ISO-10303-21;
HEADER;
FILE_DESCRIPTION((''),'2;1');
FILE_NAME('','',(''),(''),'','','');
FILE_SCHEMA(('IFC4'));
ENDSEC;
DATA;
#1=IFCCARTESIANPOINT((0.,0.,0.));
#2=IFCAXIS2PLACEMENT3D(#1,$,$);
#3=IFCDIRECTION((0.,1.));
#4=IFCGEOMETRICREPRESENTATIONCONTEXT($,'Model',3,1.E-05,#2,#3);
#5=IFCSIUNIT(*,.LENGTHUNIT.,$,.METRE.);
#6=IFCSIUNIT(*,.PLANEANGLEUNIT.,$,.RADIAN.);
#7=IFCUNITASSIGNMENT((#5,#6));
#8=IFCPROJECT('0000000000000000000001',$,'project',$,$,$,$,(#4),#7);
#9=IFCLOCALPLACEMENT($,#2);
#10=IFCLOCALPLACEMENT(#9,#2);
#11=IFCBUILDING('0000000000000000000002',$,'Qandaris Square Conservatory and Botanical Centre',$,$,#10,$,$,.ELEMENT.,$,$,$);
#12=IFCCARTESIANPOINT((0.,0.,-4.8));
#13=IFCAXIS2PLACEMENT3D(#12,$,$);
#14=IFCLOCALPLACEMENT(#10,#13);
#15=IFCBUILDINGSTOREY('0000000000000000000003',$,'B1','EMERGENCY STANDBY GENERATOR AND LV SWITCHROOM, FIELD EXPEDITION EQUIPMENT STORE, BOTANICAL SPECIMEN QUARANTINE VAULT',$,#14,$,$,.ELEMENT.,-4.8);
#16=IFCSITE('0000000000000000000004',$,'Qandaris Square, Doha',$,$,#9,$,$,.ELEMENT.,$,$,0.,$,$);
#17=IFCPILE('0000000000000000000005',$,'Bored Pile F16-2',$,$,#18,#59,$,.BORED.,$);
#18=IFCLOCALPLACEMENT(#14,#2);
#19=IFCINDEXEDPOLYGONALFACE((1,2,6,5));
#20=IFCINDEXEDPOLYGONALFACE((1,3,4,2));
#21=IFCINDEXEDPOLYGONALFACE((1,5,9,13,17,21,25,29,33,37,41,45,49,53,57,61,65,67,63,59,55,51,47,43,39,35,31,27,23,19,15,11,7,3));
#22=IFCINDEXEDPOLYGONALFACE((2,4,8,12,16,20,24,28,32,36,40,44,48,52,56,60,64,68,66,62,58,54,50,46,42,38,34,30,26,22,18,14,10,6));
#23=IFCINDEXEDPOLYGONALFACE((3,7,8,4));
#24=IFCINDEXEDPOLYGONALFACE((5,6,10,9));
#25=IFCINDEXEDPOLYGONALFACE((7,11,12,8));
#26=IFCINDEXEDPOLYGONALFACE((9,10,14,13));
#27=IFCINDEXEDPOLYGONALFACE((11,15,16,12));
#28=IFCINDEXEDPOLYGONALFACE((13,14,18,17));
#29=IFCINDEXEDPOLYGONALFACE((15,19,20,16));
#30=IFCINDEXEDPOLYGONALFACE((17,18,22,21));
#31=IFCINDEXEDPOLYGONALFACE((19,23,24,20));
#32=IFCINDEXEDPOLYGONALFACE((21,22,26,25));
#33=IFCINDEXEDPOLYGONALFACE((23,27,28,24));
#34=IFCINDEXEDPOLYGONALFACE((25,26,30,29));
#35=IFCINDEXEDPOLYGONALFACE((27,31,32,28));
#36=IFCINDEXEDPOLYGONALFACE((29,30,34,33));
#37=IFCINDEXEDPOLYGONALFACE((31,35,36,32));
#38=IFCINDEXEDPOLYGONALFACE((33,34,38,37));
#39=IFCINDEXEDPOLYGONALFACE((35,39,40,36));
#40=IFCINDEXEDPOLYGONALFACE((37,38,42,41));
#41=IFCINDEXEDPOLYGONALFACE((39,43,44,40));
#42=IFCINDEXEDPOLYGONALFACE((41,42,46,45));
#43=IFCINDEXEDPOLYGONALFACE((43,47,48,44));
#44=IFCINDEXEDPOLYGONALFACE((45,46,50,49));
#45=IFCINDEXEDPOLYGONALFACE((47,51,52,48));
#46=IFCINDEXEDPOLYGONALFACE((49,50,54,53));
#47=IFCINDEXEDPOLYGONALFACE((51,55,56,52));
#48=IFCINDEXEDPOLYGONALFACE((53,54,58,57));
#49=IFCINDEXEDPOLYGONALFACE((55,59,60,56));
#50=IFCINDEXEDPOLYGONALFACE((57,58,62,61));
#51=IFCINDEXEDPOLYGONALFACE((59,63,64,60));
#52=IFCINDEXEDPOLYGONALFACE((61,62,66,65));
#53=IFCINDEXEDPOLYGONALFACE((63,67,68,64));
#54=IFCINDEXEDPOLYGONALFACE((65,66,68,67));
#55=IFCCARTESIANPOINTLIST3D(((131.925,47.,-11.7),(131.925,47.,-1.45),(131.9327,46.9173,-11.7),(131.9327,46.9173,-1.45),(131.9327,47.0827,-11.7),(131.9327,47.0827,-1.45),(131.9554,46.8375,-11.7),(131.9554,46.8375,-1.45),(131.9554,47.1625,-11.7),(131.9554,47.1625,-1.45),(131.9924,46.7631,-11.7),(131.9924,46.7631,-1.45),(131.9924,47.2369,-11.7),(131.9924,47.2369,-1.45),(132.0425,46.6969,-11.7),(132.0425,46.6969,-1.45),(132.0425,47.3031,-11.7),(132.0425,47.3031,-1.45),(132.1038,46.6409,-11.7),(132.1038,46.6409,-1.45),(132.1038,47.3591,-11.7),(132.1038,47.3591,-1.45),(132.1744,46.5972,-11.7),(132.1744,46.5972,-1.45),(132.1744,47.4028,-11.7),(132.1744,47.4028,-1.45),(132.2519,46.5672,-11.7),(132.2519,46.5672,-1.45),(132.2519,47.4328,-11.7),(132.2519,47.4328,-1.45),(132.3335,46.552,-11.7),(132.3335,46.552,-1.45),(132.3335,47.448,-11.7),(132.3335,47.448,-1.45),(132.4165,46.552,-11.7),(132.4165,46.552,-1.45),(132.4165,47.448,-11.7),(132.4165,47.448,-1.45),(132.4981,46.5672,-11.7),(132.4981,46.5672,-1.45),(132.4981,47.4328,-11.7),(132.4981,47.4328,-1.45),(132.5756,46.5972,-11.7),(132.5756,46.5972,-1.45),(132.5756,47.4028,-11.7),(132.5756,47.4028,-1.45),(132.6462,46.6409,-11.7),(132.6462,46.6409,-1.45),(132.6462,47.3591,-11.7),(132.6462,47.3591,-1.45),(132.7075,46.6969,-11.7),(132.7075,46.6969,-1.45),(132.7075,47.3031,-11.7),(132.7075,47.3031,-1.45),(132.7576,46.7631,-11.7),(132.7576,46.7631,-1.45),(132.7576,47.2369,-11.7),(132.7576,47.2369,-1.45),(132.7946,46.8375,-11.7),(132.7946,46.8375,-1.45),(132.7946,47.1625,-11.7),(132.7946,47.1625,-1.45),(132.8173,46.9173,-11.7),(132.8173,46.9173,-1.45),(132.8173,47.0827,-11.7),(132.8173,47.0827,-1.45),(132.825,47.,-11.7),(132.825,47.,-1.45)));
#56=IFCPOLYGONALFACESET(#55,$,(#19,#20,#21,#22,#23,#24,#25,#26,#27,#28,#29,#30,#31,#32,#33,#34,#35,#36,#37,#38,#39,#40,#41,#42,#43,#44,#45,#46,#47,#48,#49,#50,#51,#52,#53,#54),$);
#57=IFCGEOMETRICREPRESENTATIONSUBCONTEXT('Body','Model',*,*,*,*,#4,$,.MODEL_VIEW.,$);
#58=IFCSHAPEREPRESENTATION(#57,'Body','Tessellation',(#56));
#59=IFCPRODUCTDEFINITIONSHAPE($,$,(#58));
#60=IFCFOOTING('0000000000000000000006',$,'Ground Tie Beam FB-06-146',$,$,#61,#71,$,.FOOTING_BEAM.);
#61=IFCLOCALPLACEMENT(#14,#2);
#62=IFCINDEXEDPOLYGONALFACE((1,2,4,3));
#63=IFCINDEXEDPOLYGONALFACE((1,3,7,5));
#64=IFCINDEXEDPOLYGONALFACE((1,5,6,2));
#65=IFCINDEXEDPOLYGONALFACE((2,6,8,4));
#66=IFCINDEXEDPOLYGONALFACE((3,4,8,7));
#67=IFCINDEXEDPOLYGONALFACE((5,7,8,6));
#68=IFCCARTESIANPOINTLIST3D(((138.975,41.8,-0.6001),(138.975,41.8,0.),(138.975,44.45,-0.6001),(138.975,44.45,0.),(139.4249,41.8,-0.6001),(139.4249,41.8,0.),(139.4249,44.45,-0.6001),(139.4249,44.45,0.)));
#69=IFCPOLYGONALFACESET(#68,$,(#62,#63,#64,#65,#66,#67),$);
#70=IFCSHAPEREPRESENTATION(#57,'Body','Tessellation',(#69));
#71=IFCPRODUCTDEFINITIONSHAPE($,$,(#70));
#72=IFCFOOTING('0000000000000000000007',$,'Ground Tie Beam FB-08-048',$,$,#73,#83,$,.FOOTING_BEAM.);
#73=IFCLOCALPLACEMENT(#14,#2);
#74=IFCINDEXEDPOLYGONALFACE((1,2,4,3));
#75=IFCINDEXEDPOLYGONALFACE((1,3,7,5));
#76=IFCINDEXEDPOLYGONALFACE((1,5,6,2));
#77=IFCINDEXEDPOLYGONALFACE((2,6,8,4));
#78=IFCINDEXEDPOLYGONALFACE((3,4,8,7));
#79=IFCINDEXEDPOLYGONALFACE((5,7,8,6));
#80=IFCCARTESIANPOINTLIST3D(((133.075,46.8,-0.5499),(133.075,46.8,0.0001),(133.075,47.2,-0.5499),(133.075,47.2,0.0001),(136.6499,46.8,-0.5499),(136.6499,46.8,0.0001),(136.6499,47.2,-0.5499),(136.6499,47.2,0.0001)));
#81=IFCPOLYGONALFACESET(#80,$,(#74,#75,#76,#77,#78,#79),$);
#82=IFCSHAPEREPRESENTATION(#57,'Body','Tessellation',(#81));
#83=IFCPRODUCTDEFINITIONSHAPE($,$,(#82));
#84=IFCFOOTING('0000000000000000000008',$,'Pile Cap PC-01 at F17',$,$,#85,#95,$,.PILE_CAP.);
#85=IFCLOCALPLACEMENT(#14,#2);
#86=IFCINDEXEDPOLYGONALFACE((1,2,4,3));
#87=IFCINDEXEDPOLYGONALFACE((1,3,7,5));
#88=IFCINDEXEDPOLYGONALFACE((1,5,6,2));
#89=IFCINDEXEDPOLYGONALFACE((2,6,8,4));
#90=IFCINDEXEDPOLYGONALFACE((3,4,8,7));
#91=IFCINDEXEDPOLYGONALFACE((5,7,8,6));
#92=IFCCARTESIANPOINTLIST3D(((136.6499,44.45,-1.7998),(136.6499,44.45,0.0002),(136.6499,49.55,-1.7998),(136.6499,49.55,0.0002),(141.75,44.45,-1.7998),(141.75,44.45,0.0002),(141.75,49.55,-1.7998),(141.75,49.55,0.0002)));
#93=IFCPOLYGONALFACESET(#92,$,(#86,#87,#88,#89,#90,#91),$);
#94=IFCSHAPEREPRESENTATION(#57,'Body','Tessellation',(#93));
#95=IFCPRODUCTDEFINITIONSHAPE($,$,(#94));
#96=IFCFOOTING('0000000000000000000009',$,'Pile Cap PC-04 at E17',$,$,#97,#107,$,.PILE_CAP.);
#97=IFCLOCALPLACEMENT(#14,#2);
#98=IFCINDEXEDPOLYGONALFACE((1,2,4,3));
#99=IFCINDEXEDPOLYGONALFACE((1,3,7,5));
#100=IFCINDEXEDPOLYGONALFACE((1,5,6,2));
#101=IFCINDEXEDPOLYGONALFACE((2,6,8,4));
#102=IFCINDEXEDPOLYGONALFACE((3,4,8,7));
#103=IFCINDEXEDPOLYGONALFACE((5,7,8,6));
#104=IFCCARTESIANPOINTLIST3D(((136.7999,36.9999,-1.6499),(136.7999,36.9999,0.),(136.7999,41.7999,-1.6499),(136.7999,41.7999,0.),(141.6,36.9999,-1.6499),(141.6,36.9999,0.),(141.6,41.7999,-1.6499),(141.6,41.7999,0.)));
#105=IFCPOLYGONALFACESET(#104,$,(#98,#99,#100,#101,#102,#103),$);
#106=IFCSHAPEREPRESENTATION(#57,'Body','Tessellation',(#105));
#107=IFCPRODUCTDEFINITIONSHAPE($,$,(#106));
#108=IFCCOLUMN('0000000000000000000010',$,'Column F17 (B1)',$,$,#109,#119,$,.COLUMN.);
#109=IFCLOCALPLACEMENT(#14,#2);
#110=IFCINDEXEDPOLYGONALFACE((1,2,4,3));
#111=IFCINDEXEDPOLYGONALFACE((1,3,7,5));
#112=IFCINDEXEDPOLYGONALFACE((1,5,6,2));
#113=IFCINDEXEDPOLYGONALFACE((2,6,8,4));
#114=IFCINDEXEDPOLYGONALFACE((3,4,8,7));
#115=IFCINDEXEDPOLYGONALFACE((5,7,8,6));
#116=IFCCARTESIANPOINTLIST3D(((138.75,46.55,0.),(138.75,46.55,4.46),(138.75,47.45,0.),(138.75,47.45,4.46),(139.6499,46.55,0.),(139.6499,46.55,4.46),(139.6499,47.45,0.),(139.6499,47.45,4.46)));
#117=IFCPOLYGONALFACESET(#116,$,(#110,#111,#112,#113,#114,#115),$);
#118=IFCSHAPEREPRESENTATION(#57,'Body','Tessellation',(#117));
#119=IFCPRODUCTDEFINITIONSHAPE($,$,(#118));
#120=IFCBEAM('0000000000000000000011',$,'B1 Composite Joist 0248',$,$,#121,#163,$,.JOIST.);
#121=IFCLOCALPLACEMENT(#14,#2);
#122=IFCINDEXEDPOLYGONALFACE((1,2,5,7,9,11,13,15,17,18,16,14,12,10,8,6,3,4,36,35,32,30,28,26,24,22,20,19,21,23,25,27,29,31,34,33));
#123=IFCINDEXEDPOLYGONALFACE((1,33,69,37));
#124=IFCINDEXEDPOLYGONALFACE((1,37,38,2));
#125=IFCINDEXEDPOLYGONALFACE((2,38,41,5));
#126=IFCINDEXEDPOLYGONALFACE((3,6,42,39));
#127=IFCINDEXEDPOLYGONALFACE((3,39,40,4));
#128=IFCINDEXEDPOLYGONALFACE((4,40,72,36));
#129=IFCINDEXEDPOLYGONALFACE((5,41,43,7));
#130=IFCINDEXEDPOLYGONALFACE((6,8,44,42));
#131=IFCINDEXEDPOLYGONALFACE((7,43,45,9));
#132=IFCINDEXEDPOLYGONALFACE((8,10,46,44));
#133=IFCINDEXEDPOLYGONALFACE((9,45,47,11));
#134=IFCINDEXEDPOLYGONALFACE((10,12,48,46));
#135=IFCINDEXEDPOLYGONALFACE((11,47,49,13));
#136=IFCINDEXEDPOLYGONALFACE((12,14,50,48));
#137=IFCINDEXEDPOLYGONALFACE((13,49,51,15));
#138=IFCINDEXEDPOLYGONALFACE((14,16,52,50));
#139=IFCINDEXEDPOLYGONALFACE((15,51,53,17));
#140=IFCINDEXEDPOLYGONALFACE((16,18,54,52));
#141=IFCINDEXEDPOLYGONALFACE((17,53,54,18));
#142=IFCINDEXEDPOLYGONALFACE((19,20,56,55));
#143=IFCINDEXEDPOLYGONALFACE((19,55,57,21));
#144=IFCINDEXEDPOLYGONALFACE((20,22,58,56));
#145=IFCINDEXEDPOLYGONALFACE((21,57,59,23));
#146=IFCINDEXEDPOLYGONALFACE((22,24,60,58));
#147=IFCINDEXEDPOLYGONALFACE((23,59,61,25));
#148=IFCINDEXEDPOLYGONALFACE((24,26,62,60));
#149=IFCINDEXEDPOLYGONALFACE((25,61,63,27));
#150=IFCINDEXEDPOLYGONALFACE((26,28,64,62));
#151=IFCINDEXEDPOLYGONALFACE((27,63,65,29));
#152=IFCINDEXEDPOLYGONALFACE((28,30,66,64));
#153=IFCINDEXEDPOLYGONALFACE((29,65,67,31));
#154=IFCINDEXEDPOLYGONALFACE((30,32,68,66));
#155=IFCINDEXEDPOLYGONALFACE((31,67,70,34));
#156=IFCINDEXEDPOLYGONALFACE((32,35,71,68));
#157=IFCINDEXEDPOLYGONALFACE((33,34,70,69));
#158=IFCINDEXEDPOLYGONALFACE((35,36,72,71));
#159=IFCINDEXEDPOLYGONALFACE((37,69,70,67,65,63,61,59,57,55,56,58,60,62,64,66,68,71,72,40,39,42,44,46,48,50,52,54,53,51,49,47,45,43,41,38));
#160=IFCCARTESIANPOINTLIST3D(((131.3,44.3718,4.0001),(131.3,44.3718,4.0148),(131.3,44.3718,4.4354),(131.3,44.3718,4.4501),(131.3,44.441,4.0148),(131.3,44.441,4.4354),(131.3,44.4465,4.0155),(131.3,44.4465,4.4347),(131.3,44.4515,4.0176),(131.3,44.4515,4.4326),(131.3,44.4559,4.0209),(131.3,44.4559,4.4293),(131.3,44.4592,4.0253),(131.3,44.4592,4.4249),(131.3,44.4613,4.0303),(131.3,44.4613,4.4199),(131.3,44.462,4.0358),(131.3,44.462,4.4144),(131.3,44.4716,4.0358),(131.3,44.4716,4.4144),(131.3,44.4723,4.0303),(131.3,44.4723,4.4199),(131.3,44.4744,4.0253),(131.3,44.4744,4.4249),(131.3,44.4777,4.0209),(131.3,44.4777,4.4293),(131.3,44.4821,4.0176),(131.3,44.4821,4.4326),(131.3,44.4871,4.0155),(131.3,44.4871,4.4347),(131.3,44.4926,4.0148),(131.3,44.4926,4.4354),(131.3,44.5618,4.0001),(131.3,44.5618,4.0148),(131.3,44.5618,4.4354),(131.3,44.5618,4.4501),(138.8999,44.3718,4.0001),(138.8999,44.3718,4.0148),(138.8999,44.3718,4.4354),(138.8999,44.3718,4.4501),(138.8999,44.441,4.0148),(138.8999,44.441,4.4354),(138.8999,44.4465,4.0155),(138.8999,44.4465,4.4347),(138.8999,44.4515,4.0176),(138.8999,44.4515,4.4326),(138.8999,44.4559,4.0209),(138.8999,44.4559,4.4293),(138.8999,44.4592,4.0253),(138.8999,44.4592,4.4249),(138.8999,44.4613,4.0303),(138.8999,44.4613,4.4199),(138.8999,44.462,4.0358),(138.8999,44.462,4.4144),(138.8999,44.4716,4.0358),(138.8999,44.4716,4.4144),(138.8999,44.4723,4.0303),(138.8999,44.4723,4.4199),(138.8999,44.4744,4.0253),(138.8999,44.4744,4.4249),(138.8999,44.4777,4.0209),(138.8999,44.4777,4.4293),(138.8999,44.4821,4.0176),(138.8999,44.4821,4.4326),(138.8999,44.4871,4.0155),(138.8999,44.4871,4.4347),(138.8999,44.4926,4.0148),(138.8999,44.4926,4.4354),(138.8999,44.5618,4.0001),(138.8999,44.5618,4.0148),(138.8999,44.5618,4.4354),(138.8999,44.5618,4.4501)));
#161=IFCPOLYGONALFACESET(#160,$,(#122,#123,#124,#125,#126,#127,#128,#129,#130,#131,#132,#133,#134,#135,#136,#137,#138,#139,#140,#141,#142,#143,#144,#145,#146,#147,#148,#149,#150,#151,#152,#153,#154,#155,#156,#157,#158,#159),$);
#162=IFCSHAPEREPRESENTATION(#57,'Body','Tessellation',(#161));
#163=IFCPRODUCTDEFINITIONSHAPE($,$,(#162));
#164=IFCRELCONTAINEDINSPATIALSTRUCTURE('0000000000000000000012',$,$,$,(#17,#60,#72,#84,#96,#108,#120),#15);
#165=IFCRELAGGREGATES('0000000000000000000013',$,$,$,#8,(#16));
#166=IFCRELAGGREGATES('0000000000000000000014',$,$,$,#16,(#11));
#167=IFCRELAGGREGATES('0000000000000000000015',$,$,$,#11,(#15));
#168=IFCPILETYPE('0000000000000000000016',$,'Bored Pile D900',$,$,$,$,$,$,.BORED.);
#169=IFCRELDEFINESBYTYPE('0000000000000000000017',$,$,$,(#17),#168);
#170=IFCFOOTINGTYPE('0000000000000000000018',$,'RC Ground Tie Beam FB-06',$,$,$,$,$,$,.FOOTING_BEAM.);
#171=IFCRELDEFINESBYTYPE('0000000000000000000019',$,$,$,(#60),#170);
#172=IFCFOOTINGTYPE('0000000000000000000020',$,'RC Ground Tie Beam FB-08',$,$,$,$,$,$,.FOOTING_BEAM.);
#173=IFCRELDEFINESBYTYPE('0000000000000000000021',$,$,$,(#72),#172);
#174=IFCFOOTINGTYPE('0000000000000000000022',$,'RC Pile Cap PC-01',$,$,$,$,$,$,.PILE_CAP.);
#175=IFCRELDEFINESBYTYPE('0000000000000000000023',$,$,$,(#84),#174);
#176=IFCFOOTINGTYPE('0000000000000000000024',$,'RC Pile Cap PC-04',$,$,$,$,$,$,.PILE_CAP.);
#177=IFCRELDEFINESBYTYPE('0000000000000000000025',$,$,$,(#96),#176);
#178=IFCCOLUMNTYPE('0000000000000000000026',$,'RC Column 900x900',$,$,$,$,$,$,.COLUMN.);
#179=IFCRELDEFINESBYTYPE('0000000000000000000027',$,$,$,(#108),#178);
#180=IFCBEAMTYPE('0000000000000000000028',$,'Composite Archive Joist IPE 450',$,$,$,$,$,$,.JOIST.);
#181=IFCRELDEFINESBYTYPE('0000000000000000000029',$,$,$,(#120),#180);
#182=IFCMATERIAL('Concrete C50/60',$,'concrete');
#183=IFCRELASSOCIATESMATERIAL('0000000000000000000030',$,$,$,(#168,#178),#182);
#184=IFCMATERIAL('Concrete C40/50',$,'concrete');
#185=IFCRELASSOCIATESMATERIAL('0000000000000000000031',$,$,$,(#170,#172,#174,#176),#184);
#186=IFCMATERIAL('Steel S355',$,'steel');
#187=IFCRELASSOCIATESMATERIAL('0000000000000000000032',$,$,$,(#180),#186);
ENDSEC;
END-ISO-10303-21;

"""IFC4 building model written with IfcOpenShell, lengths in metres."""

from ifc_helpers import new_model, si_unit, direction, frame, origin, origin_2d, place, context, subcontext, project, spatial, rectangle, circle, i_section, extrude, material, material_profile, profile_set, type_object, element, save


model = new_model("IFC4")

# Units and contexts
model_context = context("Model", 3, precision=1e-05, world=origin(), true_north=direction((0.0, 1.0)))
body_context = subcontext(model_context, "Body", "Model", "MODEL_VIEW")
ifc_project = project(units=[si_unit("LENGTHUNIT", "METRE"), si_unit("PLANEANGLEUNIT", "RADIAN")], contexts=[model_context])

# Site, building, storey
site_placement = place(None, origin())
site = spatial("IfcSite", under=ifc_project, at=site_placement, Name="Qandaris Square, Doha", CompositionType="ELEMENT", RefElevation=0.0)
building_placement = place(site_placement, origin())
building = spatial("IfcBuilding", under=site, at=building_placement, Name="Qandaris Square Conservatory and Botanical Centre", CompositionType="ELEMENT")
storey_placement = place(building_placement, frame((0.0, 0.0, -4.8)))
storey = spatial("IfcBuildingStorey", under=building, at=storey_placement, Name="B1", Description="EMERGENCY STANDBY GENERATOR AND LV SWITCHROOM, FIELD EXPEDITION EQUIPMENT STORE, BOTANICAL SPECIMEN QUARANTINE VAULT", CompositionType="ELEMENT", Elevation=-4.8)

# Pile
ifc_material_1 = material(Name="Concrete C50/60", Category="concrete")
ifc_material_profile_1 = material_profile(ifc_material_1, circle(Radius=0.45, at=origin_2d()), Name="PILE D900")
ifc_profile_set_1 = profile_set([ifc_material_profile_1], Name="Concrete C50/60")
pile_type_1 = type_object("IfcPileType", Name="Bored Pile D900", PredefinedType="BORED", material=ifc_profile_set_1)
pile_1_placement = place(storey_placement, frame((132.375, 47.0, -1.45), z_axis=(0.0, 0.0, -1.0), x_axis=(1.0, 0.0, 0.0)))
element("IfcPile", 1, at=pile_1_placement, inside=storey, type_object=pile_type_1, Name="Bored Pile F16-2", PredefinedType="BORED", context=body_context, shape_type="SweptSolid", body=[
    extrude(circle(Radius=0.45, at=origin_2d()), origin(), (0.0, 0.0, 1.0), 10.25),
])

# Footings
ifc_material_2 = material(Name="Concrete C40/50", Category="concrete")
ifc_material_profile_2 = material_profile(ifc_material_2, rectangle(XDim=0.45, YDim=0.6001, at=origin_2d()), Name="FB 450x600")
ifc_profile_set_2 = profile_set([ifc_material_profile_2], Name="Concrete C40/50")
footing_type_1 = type_object("IfcFootingType", Name="RC Ground Tie Beam FB-06", PredefinedType="FOOTING_BEAM", material=ifc_profile_set_2)
footing_1_placement = place(storey_placement, frame((139.2, 41.8, -0.3), z_axis=(0.0, 1.0, 0.0), x_axis=(-1.0, 0.0, 0.0)))
element("IfcFooting", 2, at=footing_1_placement, inside=storey, type_object=footing_type_1, Name="Ground Tie Beam FB-06-146", PredefinedType="FOOTING_BEAM", context=body_context, shape_type="SweptSolid", body=[
    extrude(rectangle(XDim=0.45, YDim=0.6001, at=origin_2d()), origin(), (0.0, 0.0, 1.0), 2.6499),
])
ifc_material_profile_3 = material_profile(ifc_material_2, rectangle(XDim=0.3999, YDim=0.55, at=origin_2d()), Name="FB 400x550")
ifc_profile_set_3 = profile_set([ifc_material_profile_3], Name="Concrete C40/50")
footing_type_2 = type_object("IfcFootingType", Name="RC Ground Tie Beam FB-08", PredefinedType="FOOTING_BEAM", material=ifc_profile_set_3)
footing_2_placement = place(storey_placement, frame((133.075, 47.0, -0.2749), z_axis=(1.0, 0.0, 0.0), x_axis=(0.0, 1.0, 0.0)))
element("IfcFooting", 3, at=footing_2_placement, inside=storey, type_object=footing_type_2, Name="Ground Tie Beam FB-08-048", PredefinedType="FOOTING_BEAM", context=body_context, shape_type="SweptSolid", body=[
    extrude(rectangle(XDim=0.3999, YDim=0.55, at=origin_2d()), origin(), (0.0, 0.0, 1.0), 3.575),
])
footing_type_3 = type_object("IfcFootingType", Name="RC Pile Cap PC-01", PredefinedType="PILE_CAP", material=ifc_material_2)
footing_3_placement = place(storey_placement, frame((139.2, 47.0, -1.7998), z_axis=(0.0, 0.0, 1.0), x_axis=(1.0, 0.0, 0.0)))
element("IfcFooting", 4, at=footing_3_placement, inside=storey, type_object=footing_type_3, Name="Pile Cap PC-01 at F17", PredefinedType="PILE_CAP", context=body_context, shape_type="SweptSolid", body=[
    extrude(rectangle(XDim=5.1001, YDim=5.1001, at=origin_2d()), origin(), (0.0, 0.0, 1.0), 1.8),
])
footing_type_4 = type_object("IfcFootingType", Name="RC Pile Cap PC-04", PredefinedType="PILE_CAP", material=ifc_material_2)
footing_4_placement = place(storey_placement, frame((139.2, 39.3999, -1.6499), z_axis=(0.0, 0.0, 1.0), x_axis=(1.0, 0.0, 0.0)))
element("IfcFooting", 5, at=footing_4_placement, inside=storey, type_object=footing_type_4, Name="Pile Cap PC-04 at E17", PredefinedType="PILE_CAP", context=body_context, shape_type="SweptSolid", body=[
    extrude(rectangle(XDim=4.8, YDim=4.8, at=origin_2d()), origin(), (0.0, 0.0, 1.0), 1.6499),
])

# Column
ifc_material_profile_4 = material_profile(ifc_material_1, rectangle(XDim=0.8999, YDim=0.8999, at=origin_2d()), Name="RC-COL 900x900")
ifc_profile_set_4 = profile_set([ifc_material_profile_4], Name="Concrete C50/60")
column_type = type_object("IfcColumnType", Name="RC Column 900x900", PredefinedType="COLUMN", material=ifc_profile_set_4)
column_placement = place(storey_placement, frame((139.2, 47.0, 0.0), z_axis=(0.0, 0.0, 1.0), x_axis=(1.0, 0.0, 0.0)))
element("IfcColumn", 6, at=column_placement, inside=storey, type_object=column_type, Name="Column F17 (B1)", PredefinedType="COLUMN", context=body_context, shape_type="SweptSolid", body=[
    extrude(rectangle(XDim=0.8999, YDim=0.8999, at=origin_2d()), origin(), (0.0, 0.0, 1.0), 4.46),
])

# Beam
ifc_material_3 = material(Name="Steel S355", Category="steel")
ifc_material_profile_5 = material_profile(ifc_material_3, i_section(OverallWidth=0.1899, OverallDepth=0.45, WebThickness=0.0095, FlangeThickness=0.0146, FilletRadius=0.021, at=origin_2d()), Name="IPE 450")
ifc_profile_set_5 = profile_set([ifc_material_profile_5], Name="Steel S355")
beam_type_1 = type_object("IfcBeamType", Name="Composite Archive Joist IPE 450", PredefinedType="JOIST", material=ifc_profile_set_5)
beam_1_placement = place(storey_placement, frame((131.3, 44.4668, 4.2251), z_axis=(1.0, 0.0, 0.0), x_axis=(0.0, 1.0, 0.0)))
element("IfcBeam", 7, at=beam_1_placement, inside=storey, type_object=beam_type_1, Name="B1 Composite Joist 0248", PredefinedType="JOIST", context=body_context, shape_type="SweptSolid", body=[
    extrude(i_section(OverallWidth=0.1899, OverallDepth=0.45, WebThickness=0.0095, FlangeThickness=0.0146, FilletRadius=0.021, at=origin_2d()), origin(), (0.0, 0.0, 1.0), 7.5999),
])

save(model, "model.ifc")
